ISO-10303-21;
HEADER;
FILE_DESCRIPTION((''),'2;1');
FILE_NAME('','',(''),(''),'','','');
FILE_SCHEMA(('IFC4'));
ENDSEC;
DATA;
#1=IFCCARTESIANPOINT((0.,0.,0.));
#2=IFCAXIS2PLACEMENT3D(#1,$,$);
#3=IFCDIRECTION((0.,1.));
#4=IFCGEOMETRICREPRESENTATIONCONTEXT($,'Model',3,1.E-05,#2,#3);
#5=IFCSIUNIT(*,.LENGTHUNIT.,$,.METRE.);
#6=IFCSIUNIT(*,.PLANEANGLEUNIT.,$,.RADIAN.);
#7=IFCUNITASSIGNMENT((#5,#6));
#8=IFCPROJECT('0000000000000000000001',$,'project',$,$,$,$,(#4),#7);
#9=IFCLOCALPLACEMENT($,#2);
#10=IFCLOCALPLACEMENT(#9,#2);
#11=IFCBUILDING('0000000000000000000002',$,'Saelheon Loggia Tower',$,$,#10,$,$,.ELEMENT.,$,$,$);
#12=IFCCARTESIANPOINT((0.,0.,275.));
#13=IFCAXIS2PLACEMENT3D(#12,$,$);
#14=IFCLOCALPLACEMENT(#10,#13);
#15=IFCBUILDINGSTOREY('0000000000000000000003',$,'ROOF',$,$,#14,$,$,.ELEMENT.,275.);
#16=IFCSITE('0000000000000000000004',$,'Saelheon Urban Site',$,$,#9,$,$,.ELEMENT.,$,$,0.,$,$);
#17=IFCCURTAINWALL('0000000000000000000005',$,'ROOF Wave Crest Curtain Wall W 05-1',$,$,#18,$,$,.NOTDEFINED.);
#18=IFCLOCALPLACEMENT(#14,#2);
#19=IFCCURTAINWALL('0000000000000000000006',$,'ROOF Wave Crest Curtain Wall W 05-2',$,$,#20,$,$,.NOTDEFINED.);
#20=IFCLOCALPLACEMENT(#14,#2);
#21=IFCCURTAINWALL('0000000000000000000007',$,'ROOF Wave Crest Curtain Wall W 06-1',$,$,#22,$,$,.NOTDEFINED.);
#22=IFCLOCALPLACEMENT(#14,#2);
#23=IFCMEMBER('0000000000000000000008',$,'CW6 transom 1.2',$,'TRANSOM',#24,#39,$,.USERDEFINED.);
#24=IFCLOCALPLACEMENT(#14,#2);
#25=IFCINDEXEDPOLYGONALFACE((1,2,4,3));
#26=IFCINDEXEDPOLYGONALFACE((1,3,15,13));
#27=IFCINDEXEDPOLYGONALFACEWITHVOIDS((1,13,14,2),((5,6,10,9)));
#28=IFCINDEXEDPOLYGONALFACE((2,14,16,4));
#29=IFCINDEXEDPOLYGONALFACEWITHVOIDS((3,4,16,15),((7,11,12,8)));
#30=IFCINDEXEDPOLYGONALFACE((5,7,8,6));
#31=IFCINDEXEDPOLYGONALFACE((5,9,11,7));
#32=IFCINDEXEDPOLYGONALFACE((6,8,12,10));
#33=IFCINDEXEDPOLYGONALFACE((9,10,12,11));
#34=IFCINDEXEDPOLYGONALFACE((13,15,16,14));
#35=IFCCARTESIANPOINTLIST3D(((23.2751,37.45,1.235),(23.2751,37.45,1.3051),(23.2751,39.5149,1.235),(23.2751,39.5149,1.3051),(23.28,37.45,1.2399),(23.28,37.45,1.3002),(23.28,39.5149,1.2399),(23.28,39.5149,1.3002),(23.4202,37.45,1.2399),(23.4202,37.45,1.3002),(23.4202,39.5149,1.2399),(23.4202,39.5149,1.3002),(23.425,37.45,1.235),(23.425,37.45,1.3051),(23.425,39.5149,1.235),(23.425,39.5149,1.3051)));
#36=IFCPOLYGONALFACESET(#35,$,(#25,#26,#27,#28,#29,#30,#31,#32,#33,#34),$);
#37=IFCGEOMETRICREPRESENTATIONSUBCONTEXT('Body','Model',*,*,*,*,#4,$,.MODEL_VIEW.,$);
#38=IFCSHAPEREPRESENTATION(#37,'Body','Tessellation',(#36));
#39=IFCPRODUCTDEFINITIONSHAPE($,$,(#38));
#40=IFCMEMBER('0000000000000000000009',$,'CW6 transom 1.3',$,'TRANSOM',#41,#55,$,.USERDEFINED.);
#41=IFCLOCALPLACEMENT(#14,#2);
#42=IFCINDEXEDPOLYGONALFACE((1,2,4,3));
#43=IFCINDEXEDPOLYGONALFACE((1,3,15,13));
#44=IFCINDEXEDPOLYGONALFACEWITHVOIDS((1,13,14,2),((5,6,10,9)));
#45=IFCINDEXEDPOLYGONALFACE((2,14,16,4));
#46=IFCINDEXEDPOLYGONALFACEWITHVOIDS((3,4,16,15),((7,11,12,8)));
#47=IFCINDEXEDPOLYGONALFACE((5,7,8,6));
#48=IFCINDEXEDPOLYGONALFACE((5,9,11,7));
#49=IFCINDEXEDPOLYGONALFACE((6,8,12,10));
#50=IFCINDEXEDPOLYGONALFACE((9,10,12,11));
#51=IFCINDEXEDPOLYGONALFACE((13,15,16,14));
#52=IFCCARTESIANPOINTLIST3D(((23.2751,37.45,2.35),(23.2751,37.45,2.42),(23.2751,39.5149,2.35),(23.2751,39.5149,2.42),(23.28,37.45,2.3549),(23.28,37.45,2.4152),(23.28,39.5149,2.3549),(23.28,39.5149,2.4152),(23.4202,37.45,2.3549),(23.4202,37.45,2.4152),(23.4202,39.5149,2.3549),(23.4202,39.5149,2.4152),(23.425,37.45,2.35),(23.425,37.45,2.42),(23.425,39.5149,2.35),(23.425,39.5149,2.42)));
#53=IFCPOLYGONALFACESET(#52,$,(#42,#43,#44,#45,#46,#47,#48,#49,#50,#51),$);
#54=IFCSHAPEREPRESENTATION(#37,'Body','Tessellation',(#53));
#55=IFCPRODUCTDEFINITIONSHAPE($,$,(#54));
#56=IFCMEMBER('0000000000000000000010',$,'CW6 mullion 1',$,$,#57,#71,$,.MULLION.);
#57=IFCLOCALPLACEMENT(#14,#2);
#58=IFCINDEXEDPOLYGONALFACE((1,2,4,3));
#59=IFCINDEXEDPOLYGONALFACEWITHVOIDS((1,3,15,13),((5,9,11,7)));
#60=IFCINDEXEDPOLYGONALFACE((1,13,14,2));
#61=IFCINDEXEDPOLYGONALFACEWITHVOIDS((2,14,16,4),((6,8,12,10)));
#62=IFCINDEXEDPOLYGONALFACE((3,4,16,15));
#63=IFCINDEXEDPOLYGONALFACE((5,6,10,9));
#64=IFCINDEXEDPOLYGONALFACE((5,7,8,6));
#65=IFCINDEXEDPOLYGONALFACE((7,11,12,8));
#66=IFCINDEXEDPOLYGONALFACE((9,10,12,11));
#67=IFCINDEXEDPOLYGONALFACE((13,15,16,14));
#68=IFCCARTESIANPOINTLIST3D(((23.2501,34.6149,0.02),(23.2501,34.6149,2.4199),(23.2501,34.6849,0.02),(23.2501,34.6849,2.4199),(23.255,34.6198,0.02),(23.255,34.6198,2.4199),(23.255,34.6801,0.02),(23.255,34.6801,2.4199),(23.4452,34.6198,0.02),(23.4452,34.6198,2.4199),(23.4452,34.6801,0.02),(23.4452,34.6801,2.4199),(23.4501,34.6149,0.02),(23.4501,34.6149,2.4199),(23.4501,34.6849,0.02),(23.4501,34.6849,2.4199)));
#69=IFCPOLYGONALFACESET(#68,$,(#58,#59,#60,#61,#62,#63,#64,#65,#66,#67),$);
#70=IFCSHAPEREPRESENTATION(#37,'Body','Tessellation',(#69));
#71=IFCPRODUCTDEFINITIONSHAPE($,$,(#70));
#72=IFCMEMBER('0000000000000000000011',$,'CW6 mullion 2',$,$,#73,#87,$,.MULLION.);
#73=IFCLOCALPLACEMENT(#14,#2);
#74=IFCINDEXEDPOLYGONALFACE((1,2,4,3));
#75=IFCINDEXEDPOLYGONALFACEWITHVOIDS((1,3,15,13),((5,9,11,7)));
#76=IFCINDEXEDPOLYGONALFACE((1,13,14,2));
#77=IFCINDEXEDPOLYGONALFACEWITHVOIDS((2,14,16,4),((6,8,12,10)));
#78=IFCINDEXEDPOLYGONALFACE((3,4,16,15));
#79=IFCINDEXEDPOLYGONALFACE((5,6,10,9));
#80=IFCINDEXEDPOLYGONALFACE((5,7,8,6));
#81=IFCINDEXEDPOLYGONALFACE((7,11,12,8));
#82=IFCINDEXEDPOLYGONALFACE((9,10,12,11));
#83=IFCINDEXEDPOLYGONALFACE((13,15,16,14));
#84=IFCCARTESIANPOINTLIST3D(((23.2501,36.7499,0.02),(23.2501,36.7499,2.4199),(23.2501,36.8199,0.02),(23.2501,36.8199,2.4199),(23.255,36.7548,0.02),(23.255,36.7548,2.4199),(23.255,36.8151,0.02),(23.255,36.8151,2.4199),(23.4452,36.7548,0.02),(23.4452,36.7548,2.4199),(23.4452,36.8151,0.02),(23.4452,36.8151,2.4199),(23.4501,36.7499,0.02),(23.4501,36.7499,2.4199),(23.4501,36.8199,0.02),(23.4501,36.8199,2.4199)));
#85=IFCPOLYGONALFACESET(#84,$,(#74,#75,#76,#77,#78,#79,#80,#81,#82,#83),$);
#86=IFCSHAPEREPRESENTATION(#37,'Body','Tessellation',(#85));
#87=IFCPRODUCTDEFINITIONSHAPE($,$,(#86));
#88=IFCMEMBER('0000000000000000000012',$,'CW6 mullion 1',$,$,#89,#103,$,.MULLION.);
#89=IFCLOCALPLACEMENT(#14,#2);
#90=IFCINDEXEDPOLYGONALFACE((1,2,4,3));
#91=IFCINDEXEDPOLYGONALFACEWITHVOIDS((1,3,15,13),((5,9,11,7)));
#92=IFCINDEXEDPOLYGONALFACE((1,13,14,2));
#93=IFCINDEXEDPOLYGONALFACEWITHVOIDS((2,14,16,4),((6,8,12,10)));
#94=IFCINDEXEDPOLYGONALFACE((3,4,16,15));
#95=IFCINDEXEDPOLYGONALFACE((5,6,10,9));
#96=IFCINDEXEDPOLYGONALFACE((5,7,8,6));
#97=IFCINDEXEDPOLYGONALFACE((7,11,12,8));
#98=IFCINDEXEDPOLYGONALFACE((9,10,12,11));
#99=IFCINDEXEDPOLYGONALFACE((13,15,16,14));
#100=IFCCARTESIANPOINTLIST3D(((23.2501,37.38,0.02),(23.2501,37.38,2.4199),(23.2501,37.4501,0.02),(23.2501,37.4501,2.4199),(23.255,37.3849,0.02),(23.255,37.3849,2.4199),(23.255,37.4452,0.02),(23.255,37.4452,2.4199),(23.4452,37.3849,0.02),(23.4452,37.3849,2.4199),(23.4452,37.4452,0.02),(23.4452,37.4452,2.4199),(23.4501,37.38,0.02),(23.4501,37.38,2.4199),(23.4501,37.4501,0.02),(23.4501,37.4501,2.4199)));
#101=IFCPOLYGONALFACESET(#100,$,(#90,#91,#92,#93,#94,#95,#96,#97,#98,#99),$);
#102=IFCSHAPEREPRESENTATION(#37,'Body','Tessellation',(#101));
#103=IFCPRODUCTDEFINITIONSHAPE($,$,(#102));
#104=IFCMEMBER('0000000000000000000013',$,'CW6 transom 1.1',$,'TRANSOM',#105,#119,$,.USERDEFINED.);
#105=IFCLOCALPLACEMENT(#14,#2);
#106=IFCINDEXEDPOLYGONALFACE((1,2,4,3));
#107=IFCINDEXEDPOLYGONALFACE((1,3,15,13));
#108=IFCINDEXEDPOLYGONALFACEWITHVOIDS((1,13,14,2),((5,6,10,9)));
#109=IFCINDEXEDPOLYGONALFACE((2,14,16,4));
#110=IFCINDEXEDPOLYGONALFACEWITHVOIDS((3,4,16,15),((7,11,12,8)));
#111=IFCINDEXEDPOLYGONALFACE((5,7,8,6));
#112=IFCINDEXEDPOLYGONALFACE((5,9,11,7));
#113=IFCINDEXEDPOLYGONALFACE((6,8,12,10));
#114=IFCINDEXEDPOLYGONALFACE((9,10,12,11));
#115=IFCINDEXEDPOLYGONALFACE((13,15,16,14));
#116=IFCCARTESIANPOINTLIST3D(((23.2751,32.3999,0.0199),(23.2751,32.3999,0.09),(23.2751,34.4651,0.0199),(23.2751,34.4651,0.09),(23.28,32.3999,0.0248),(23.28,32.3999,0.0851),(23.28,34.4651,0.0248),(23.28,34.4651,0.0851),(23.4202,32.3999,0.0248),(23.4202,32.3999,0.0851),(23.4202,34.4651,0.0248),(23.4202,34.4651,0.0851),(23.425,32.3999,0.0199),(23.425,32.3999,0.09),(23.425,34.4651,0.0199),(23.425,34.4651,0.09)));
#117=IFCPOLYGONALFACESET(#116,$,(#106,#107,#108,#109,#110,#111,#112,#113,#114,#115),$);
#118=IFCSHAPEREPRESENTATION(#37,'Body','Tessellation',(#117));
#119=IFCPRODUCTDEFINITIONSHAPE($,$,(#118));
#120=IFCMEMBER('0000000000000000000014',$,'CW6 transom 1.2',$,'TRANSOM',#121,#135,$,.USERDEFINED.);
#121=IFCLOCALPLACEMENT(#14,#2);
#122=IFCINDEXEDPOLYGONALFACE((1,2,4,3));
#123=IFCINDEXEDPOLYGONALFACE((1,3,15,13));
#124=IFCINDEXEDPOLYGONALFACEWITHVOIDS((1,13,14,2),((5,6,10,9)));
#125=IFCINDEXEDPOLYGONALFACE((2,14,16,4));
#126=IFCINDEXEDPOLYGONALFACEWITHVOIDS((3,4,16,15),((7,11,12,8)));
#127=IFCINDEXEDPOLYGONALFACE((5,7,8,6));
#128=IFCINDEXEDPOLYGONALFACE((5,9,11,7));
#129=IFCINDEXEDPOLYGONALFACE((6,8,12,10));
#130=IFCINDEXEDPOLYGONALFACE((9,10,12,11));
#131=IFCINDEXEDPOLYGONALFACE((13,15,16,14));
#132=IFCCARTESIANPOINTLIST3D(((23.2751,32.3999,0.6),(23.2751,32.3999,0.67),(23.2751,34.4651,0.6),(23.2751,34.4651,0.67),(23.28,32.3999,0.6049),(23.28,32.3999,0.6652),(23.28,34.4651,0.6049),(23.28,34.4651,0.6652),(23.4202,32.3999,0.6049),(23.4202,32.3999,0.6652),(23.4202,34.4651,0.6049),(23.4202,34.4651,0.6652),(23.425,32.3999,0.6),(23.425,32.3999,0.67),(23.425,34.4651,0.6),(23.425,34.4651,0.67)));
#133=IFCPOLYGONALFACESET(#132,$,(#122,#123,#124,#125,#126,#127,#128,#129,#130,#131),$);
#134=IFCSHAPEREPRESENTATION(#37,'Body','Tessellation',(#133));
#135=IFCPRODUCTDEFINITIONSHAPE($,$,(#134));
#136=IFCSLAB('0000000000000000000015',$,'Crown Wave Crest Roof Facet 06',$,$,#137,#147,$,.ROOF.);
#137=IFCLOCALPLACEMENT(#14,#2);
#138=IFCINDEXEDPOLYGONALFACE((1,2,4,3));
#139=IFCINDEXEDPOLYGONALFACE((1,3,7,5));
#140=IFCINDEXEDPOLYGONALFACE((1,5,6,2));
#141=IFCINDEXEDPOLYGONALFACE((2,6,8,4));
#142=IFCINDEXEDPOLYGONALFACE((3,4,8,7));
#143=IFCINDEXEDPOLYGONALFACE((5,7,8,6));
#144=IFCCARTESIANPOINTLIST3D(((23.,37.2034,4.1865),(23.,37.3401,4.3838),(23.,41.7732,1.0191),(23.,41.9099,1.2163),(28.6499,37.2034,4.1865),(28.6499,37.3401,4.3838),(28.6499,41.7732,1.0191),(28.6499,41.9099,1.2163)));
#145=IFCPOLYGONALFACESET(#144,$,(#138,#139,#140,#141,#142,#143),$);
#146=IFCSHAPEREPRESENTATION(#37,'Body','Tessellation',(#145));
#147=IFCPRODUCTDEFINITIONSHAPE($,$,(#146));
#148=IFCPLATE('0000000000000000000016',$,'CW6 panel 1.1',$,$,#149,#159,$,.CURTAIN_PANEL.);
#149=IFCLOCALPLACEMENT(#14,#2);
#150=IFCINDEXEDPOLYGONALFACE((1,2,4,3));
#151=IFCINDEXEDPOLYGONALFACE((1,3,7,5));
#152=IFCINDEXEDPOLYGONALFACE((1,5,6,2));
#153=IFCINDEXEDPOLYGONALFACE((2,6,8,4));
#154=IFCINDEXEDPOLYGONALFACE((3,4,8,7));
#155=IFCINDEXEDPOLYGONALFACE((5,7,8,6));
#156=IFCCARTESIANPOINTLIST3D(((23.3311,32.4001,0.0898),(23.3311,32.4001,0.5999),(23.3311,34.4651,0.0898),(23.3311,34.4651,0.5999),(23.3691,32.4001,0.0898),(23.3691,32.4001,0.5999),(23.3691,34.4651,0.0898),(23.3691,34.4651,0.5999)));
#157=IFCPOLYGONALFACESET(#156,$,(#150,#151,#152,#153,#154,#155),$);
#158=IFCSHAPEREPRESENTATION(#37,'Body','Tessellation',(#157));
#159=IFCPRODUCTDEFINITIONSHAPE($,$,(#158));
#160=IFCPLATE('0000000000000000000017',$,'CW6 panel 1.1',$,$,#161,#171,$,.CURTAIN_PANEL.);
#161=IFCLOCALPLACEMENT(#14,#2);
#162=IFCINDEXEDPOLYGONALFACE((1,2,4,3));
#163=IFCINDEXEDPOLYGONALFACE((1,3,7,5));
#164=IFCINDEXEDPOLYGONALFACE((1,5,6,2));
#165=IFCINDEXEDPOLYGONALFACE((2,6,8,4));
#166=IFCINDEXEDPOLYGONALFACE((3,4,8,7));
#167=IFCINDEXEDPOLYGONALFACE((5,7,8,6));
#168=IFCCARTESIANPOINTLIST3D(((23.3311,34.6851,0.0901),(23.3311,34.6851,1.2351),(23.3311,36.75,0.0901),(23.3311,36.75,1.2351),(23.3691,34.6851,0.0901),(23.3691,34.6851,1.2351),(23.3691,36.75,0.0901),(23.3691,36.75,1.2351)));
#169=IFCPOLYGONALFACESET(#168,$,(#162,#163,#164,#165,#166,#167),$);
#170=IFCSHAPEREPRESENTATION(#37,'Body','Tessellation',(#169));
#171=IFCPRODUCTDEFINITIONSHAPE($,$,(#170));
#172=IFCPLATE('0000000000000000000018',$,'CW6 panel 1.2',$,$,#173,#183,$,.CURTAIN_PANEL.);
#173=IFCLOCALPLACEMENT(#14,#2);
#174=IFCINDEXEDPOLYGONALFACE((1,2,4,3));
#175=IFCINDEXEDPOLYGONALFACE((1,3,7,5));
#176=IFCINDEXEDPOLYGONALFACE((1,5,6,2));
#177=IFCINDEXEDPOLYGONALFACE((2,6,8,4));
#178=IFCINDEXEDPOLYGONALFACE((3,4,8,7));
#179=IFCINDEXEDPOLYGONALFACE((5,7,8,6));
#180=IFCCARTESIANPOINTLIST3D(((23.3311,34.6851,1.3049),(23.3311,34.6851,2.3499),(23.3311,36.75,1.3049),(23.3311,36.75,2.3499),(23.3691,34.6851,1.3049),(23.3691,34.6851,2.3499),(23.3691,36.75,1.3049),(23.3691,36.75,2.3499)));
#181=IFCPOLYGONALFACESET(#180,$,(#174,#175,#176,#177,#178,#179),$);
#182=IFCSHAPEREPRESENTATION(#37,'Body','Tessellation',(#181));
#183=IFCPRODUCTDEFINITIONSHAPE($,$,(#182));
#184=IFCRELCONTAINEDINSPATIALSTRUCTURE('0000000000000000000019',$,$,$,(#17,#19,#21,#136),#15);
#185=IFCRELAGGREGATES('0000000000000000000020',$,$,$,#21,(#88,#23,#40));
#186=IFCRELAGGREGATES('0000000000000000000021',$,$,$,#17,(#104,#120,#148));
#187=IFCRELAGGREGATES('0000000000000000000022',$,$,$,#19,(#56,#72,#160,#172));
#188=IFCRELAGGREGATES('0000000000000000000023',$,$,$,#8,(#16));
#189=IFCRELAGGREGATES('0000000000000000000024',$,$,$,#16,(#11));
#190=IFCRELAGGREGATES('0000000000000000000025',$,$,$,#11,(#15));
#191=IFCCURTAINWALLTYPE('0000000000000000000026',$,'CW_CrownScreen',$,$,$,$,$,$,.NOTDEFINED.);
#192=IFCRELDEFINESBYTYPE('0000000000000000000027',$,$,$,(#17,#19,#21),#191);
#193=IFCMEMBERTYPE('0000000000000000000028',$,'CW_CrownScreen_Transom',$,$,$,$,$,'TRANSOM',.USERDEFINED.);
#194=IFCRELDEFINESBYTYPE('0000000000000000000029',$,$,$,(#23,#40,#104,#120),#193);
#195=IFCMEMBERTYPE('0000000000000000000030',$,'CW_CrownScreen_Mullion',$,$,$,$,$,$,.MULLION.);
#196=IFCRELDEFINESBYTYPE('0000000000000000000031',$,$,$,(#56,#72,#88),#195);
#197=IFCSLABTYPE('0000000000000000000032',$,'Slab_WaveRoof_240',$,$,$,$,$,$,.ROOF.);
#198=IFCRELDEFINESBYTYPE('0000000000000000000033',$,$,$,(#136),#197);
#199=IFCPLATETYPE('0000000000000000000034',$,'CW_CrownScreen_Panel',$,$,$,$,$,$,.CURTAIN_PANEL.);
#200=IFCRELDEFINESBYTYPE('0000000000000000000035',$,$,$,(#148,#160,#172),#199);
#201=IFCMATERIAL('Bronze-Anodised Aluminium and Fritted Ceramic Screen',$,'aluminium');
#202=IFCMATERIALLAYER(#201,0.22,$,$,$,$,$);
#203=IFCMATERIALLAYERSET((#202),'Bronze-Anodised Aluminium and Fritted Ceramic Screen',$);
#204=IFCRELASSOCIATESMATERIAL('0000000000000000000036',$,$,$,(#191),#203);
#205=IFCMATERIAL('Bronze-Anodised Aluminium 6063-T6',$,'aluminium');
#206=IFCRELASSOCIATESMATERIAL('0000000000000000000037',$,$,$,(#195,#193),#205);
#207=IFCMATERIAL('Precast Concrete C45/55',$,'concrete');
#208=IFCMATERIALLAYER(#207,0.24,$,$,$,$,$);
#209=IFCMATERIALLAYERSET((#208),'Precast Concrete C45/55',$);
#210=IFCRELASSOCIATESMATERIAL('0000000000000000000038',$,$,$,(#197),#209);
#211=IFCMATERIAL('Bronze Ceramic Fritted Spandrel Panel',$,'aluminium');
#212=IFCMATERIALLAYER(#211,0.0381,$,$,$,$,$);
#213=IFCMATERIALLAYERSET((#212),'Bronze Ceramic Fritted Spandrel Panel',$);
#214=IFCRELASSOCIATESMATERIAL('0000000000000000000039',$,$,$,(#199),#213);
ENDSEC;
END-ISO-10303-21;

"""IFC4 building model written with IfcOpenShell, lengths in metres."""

from ifc_helpers import new_model, si_unit, direction, frame, origin, origin_2d, place, context, subcontext, project, spatial, polyline, rectangle, hollow_rectangle, outline, extrude, source, transform, mapped, material, layer, layer_set, material_profile, profile_set, type_object, element, aggregate, save


model = new_model("IFC4")

# Units and contexts
model_context = context("Model", 3, precision=1e-05, world=origin(), true_north=direction((0.0, 1.0)))
body_context = subcontext(model_context, "Body", "Model", "MODEL_VIEW")
ifc_project = project(units=[si_unit("LENGTHUNIT", "METRE"), si_unit("PLANEANGLEUNIT", "RADIAN")], contexts=[model_context])

# Site, building, storey
site_placement = place(None, origin())
site = spatial("IfcSite", under=ifc_project, at=site_placement, Name="Saelheon Urban Site", CompositionType="ELEMENT", RefElevation=0.0)
building_placement = place(site_placement, origin())
building = spatial("IfcBuilding", under=site, at=building_placement, Name="Saelheon Loggia Tower", CompositionType="ELEMENT")
storey_placement = place(building_placement, frame((0.0, 0.0, 275.0)))
storey = spatial("IfcBuildingStorey", under=building, at=storey_placement, Name="ROOF", CompositionType="ELEMENT", Elevation=275.0)

# Curtain walls, members
ifc_material_1 = material(Name="Bronze-Anodised Aluminium and Fritted Ceramic Screen", Category="aluminium")
ifc_layer_1 = layer(ifc_material_1, 0.22)
ifc_layer_set_1 = layer_set([ifc_layer_1], Name="Bronze-Anodised Aluminium and Fritted Ceramic Screen")
curtain_wall_type = type_object("IfcCurtainWallType", Name="CW_CrownScreen", PredefinedType="NOTDEFINED", material=ifc_layer_set_1)
curtain_wall_1_placement = place(storey_placement, origin())
curtain_wall_1 = element("IfcCurtainWall", 1, at=curtain_wall_1_placement, inside=storey, type_object=curtain_wall_type, Name="ROOF Wave Crest Curtain Wall W 05-1", PredefinedType="NOTDEFINED")
ifc_material_2 = material(Name="Bronze-Anodised Aluminium 6063-T6", Category="aluminium")
ifc_material_profile_1 = material_profile(ifc_material_2, hollow_rectangle(XDim=0.0701, YDim=0.2, WallThickness=0.0049, at=origin_2d()), Name="RHS-200x70x5")
ifc_profile_set_1 = profile_set([ifc_material_profile_1], Name="Bronze-Anodised Aluminium 6063-T6")
member_type_1 = type_object("IfcMemberType", Name="CW_CrownScreen_Mullion", PredefinedType="MULLION", material=ifc_profile_set_1)
curtain_wall_2_placement = place(storey_placement, origin())
curtain_wall_2 = element("IfcCurtainWall", 2, at=curtain_wall_2_placement, inside=storey, type_object=curtain_wall_type, Name="ROOF Wave Crest Curtain Wall W 05-2", PredefinedType="NOTDEFINED")
ifc_material_profile_2 = material_profile(ifc_material_2, hollow_rectangle(XDim=0.0701, YDim=0.1499, WallThickness=0.0049, at=origin_2d()), Name="RHS-150x70x5")
ifc_profile_set_2 = profile_set([ifc_material_profile_2], Name="Bronze-Anodised Aluminium 6063-T6")
member_type_2 = type_object("IfcMemberType", Name="CW_CrownScreen_Transom", ElementType="TRANSOM", PredefinedType="USERDEFINED", material=ifc_profile_set_2)
shared_shape_1 = source(origin(), body_context, "Body", "SweptSolid", [
    extrude(hollow_rectangle(XDim=0.0701, YDim=0.1499, WallThickness=0.0049, at=origin_2d()), origin(), (0.0, 0.0, 1.0), 2.0649),
])
curtain_wall_3_placement = place(storey_placement, origin())
curtain_wall_3 = element("IfcCurtainWall", 3, at=curtain_wall_3_placement, inside=storey, type_object=curtain_wall_type, Name="ROOF Wave Crest Curtain Wall W 06-1", PredefinedType="NOTDEFINED")
member_1_placement = place(storey_placement, frame((23.3501, 37.45, 1.27), z_axis=(0.0, 1.0, 0.0), x_axis=(0.0, 0.0, 1.0)))
member_1 = element("IfcMember", 4, at=member_1_placement, type_object=member_type_2, Name="CW6 transom 1.2", ObjectType="TRANSOM", PredefinedType="USERDEFINED", context=body_context, shape_type="MappedRepresentation", body=[
    mapped(shared_shape_1, transform((0.0, 0.0, 0.0), scale=1.0)),
])
member_2_placement = place(storey_placement, frame((23.3501, 37.45, 2.385), z_axis=(0.0, 1.0, 0.0), x_axis=(0.0, 0.0, 1.0)))
member_2 = element("IfcMember", 5, at=member_2_placement, type_object=member_type_2, Name="CW6 transom 1.3", ObjectType="TRANSOM", PredefinedType="USERDEFINED", context=body_context, shape_type="MappedRepresentation", body=[
    mapped(shared_shape_1, transform((0.0, 0.0, 0.0), scale=1.0)),
])

# Members
shared_shape_2 = source(origin(), body_context, "Body", "SweptSolid", [
    extrude(hollow_rectangle(XDim=0.0701, YDim=0.2, WallThickness=0.0049, at=origin_2d()), origin(), (0.0, 0.0, 1.0), 2.3999),
])
member_3_placement = place(storey_placement, frame((23.3501, 34.6499, 0.02), z_axis=(0.0, 0.0, 1.0), x_axis=(0.0, 1.0, 0.0)))
member_3 = element("IfcMember", 6, at=member_3_placement, type_object=member_type_1, Name="CW6 mullion 1", PredefinedType="MULLION", context=body_context, shape_type="MappedRepresentation", body=[
    mapped(shared_shape_2, transform((0.0, 0.0, 0.0), scale=1.0)),
])
member_4_placement = place(storey_placement, frame((23.3501, 36.7849, 0.02), z_axis=(0.0, 0.0, 1.0), x_axis=(0.0, 1.0, 0.0)))
member_4 = element("IfcMember", 7, at=member_4_placement, type_object=member_type_1, Name="CW6 mullion 2", PredefinedType="MULLION", context=body_context, shape_type="MappedRepresentation", body=[
    mapped(shared_shape_2, transform((0.0, 0.0, 0.0), scale=1.0)),
])
member_5_placement = place(storey_placement, frame((23.3501, 37.415, 0.02), z_axis=(0.0, 0.0, 1.0), x_axis=(0.0, 1.0, 0.0)))
member_5 = element("IfcMember", 8, at=member_5_placement, type_object=member_type_1, Name="CW6 mullion 1", PredefinedType="MULLION", context=body_context, shape_type="MappedRepresentation", body=[
    mapped(shared_shape_2, transform((0.0, 0.0, 0.0), scale=1.0)),
])
aggregate(curtain_wall_3, [member_5, member_1, member_2])
shared_shape_3 = source(origin(), body_context, "Body", "SweptSolid", [
    extrude(hollow_rectangle(XDim=0.0701, YDim=0.1499, WallThickness=0.0049, at=origin_2d()), origin(), (0.0, 0.0, 1.0), 2.0652),
])
member_6_placement = place(storey_placement, frame((23.3501, 32.3999, 0.0549), z_axis=(0.0, 1.0, 0.0), x_axis=(0.0, 0.0, 1.0)))
member_6 = element("IfcMember", 9, at=member_6_placement, type_object=member_type_2, Name="CW6 transom 1.1", ObjectType="TRANSOM", PredefinedType="USERDEFINED", context=body_context, shape_type="MappedRepresentation", body=[
    mapped(shared_shape_3, transform((0.0, 0.0, 0.0), scale=1.0)),
])
member_7_placement = place(storey_placement, frame((23.3501, 32.3999, 0.635), z_axis=(0.0, 1.0, 0.0), x_axis=(0.0, 0.0, 1.0)))
member_7 = element("IfcMember", 10, at=member_7_placement, type_object=member_type_2, Name="CW6 transom 1.2", ObjectType="TRANSOM", PredefinedType="USERDEFINED", context=body_context, shape_type="MappedRepresentation", body=[
    mapped(shared_shape_3, transform((0.0, 0.0, 0.0), scale=1.0)),
])

# Slab
ifc_material_3 = material(Name="Precast Concrete C45/55", Category="concrete")
ifc_layer_2 = layer(ifc_material_3, 0.24)
ifc_layer_set_2 = layer_set([ifc_layer_2], Name="Precast Concrete C45/55")
slab_type = type_object("IfcSlabType", Name="Slab_WaveRoof_240", PredefinedType="ROOF", material=ifc_layer_set_2)
slab_placement = place(storey_placement, frame((23.0, 37.3401, 4.3838), z_axis=(0.0, 0.569667, 0.821876), x_axis=(1.0, 0.0, 0.0)))
element("IfcSlab", 11, at=slab_placement, inside=storey, type_object=slab_type, Name="Crown Wave Crest Roof Facet 06", PredefinedType="ROOF", context=body_context, shape_type="SweptSolid", body=[
    extrude(outline(polyline([(0.0, 0.0), (5.6499, 0.0), (5.6499, 5.5602), (0.0, 5.5602), (0.0, 0.0)])), origin(), (0.0, 0.0, -1.0), 0.24),
])

# Plates
ifc_material_4 = material(Name="Bronze Ceramic Fritted Spandrel Panel", Category="aluminium")
ifc_layer_3 = layer(ifc_material_4, 0.0381)
ifc_layer_set_3 = layer_set([ifc_layer_3], Name="Bronze Ceramic Fritted Spandrel Panel")
plate_type = type_object("IfcPlateType", Name="CW_CrownScreen_Panel", PredefinedType="CURTAIN_PANEL", material=ifc_layer_set_3)
shared_shape_4 = source(origin(), body_context, "Body", "SweptSolid", [
    extrude(rectangle(XDim=2.0649, YDim=0.0381, at=origin_2d()), origin(), (0.0, 0.0, 1.0), 0.51),
])
plate_1_placement = place(storey_placement, frame((23.3501, 33.4326, 0.0898), z_axis=(0.0, 0.0, 1.0), x_axis=(0.0, 1.0, 0.0)))
plate_1 = element("IfcPlate", 12, at=plate_1_placement, type_object=plate_type, Name="CW6 panel 1.1", PredefinedType="CURTAIN_PANEL", context=body_context, shape_type="MappedRepresentation", body=[
    mapped(shared_shape_4, transform((0.0, 0.0, 0.0), scale=1.0)),
])
aggregate(curtain_wall_1, [member_6, member_7, plate_1])
shared_shape_5 = source(origin(), body_context, "Body", "SweptSolid", [
    extrude(rectangle(XDim=2.0649, YDim=0.0381, at=origin_2d()), origin(), (0.0, 0.0, 1.0), 1.145),
])
plate_2_placement = place(storey_placement, frame((23.3501, 35.7175, 0.0901), z_axis=(0.0, 0.0, 1.0), x_axis=(0.0, 1.0, 0.0)))
plate_2 = element("IfcPlate", 13, at=plate_2_placement, type_object=plate_type, Name="CW6 panel 1.1", PredefinedType="CURTAIN_PANEL", context=body_context, shape_type="MappedRepresentation", body=[
    mapped(shared_shape_5, transform((0.0, 0.0, 0.0), scale=1.0)),
])
shared_shape_6 = source(origin(), body_context, "Body", "SweptSolid", [
    extrude(rectangle(XDim=2.0649, YDim=0.0381, at=origin_2d()), origin(), (0.0, 0.0, 1.0), 1.0449),
])
plate_3_placement = place(storey_placement, frame((23.3501, 35.7175, 1.3049), z_axis=(0.0, 0.0, 1.0), x_axis=(0.0, 1.0, 0.0)))
plate_3 = element("IfcPlate", 14, at=plate_3_placement, type_object=plate_type, Name="CW6 panel 1.2", PredefinedType="CURTAIN_PANEL", context=body_context, shape_type="MappedRepresentation", body=[
    mapped(shared_shape_6, transform((0.0, 0.0, 0.0), scale=1.0)),
])
aggregate(curtain_wall_2, [member_3, member_4, plate_2, plate_3])

save(model, "model.ifc")
